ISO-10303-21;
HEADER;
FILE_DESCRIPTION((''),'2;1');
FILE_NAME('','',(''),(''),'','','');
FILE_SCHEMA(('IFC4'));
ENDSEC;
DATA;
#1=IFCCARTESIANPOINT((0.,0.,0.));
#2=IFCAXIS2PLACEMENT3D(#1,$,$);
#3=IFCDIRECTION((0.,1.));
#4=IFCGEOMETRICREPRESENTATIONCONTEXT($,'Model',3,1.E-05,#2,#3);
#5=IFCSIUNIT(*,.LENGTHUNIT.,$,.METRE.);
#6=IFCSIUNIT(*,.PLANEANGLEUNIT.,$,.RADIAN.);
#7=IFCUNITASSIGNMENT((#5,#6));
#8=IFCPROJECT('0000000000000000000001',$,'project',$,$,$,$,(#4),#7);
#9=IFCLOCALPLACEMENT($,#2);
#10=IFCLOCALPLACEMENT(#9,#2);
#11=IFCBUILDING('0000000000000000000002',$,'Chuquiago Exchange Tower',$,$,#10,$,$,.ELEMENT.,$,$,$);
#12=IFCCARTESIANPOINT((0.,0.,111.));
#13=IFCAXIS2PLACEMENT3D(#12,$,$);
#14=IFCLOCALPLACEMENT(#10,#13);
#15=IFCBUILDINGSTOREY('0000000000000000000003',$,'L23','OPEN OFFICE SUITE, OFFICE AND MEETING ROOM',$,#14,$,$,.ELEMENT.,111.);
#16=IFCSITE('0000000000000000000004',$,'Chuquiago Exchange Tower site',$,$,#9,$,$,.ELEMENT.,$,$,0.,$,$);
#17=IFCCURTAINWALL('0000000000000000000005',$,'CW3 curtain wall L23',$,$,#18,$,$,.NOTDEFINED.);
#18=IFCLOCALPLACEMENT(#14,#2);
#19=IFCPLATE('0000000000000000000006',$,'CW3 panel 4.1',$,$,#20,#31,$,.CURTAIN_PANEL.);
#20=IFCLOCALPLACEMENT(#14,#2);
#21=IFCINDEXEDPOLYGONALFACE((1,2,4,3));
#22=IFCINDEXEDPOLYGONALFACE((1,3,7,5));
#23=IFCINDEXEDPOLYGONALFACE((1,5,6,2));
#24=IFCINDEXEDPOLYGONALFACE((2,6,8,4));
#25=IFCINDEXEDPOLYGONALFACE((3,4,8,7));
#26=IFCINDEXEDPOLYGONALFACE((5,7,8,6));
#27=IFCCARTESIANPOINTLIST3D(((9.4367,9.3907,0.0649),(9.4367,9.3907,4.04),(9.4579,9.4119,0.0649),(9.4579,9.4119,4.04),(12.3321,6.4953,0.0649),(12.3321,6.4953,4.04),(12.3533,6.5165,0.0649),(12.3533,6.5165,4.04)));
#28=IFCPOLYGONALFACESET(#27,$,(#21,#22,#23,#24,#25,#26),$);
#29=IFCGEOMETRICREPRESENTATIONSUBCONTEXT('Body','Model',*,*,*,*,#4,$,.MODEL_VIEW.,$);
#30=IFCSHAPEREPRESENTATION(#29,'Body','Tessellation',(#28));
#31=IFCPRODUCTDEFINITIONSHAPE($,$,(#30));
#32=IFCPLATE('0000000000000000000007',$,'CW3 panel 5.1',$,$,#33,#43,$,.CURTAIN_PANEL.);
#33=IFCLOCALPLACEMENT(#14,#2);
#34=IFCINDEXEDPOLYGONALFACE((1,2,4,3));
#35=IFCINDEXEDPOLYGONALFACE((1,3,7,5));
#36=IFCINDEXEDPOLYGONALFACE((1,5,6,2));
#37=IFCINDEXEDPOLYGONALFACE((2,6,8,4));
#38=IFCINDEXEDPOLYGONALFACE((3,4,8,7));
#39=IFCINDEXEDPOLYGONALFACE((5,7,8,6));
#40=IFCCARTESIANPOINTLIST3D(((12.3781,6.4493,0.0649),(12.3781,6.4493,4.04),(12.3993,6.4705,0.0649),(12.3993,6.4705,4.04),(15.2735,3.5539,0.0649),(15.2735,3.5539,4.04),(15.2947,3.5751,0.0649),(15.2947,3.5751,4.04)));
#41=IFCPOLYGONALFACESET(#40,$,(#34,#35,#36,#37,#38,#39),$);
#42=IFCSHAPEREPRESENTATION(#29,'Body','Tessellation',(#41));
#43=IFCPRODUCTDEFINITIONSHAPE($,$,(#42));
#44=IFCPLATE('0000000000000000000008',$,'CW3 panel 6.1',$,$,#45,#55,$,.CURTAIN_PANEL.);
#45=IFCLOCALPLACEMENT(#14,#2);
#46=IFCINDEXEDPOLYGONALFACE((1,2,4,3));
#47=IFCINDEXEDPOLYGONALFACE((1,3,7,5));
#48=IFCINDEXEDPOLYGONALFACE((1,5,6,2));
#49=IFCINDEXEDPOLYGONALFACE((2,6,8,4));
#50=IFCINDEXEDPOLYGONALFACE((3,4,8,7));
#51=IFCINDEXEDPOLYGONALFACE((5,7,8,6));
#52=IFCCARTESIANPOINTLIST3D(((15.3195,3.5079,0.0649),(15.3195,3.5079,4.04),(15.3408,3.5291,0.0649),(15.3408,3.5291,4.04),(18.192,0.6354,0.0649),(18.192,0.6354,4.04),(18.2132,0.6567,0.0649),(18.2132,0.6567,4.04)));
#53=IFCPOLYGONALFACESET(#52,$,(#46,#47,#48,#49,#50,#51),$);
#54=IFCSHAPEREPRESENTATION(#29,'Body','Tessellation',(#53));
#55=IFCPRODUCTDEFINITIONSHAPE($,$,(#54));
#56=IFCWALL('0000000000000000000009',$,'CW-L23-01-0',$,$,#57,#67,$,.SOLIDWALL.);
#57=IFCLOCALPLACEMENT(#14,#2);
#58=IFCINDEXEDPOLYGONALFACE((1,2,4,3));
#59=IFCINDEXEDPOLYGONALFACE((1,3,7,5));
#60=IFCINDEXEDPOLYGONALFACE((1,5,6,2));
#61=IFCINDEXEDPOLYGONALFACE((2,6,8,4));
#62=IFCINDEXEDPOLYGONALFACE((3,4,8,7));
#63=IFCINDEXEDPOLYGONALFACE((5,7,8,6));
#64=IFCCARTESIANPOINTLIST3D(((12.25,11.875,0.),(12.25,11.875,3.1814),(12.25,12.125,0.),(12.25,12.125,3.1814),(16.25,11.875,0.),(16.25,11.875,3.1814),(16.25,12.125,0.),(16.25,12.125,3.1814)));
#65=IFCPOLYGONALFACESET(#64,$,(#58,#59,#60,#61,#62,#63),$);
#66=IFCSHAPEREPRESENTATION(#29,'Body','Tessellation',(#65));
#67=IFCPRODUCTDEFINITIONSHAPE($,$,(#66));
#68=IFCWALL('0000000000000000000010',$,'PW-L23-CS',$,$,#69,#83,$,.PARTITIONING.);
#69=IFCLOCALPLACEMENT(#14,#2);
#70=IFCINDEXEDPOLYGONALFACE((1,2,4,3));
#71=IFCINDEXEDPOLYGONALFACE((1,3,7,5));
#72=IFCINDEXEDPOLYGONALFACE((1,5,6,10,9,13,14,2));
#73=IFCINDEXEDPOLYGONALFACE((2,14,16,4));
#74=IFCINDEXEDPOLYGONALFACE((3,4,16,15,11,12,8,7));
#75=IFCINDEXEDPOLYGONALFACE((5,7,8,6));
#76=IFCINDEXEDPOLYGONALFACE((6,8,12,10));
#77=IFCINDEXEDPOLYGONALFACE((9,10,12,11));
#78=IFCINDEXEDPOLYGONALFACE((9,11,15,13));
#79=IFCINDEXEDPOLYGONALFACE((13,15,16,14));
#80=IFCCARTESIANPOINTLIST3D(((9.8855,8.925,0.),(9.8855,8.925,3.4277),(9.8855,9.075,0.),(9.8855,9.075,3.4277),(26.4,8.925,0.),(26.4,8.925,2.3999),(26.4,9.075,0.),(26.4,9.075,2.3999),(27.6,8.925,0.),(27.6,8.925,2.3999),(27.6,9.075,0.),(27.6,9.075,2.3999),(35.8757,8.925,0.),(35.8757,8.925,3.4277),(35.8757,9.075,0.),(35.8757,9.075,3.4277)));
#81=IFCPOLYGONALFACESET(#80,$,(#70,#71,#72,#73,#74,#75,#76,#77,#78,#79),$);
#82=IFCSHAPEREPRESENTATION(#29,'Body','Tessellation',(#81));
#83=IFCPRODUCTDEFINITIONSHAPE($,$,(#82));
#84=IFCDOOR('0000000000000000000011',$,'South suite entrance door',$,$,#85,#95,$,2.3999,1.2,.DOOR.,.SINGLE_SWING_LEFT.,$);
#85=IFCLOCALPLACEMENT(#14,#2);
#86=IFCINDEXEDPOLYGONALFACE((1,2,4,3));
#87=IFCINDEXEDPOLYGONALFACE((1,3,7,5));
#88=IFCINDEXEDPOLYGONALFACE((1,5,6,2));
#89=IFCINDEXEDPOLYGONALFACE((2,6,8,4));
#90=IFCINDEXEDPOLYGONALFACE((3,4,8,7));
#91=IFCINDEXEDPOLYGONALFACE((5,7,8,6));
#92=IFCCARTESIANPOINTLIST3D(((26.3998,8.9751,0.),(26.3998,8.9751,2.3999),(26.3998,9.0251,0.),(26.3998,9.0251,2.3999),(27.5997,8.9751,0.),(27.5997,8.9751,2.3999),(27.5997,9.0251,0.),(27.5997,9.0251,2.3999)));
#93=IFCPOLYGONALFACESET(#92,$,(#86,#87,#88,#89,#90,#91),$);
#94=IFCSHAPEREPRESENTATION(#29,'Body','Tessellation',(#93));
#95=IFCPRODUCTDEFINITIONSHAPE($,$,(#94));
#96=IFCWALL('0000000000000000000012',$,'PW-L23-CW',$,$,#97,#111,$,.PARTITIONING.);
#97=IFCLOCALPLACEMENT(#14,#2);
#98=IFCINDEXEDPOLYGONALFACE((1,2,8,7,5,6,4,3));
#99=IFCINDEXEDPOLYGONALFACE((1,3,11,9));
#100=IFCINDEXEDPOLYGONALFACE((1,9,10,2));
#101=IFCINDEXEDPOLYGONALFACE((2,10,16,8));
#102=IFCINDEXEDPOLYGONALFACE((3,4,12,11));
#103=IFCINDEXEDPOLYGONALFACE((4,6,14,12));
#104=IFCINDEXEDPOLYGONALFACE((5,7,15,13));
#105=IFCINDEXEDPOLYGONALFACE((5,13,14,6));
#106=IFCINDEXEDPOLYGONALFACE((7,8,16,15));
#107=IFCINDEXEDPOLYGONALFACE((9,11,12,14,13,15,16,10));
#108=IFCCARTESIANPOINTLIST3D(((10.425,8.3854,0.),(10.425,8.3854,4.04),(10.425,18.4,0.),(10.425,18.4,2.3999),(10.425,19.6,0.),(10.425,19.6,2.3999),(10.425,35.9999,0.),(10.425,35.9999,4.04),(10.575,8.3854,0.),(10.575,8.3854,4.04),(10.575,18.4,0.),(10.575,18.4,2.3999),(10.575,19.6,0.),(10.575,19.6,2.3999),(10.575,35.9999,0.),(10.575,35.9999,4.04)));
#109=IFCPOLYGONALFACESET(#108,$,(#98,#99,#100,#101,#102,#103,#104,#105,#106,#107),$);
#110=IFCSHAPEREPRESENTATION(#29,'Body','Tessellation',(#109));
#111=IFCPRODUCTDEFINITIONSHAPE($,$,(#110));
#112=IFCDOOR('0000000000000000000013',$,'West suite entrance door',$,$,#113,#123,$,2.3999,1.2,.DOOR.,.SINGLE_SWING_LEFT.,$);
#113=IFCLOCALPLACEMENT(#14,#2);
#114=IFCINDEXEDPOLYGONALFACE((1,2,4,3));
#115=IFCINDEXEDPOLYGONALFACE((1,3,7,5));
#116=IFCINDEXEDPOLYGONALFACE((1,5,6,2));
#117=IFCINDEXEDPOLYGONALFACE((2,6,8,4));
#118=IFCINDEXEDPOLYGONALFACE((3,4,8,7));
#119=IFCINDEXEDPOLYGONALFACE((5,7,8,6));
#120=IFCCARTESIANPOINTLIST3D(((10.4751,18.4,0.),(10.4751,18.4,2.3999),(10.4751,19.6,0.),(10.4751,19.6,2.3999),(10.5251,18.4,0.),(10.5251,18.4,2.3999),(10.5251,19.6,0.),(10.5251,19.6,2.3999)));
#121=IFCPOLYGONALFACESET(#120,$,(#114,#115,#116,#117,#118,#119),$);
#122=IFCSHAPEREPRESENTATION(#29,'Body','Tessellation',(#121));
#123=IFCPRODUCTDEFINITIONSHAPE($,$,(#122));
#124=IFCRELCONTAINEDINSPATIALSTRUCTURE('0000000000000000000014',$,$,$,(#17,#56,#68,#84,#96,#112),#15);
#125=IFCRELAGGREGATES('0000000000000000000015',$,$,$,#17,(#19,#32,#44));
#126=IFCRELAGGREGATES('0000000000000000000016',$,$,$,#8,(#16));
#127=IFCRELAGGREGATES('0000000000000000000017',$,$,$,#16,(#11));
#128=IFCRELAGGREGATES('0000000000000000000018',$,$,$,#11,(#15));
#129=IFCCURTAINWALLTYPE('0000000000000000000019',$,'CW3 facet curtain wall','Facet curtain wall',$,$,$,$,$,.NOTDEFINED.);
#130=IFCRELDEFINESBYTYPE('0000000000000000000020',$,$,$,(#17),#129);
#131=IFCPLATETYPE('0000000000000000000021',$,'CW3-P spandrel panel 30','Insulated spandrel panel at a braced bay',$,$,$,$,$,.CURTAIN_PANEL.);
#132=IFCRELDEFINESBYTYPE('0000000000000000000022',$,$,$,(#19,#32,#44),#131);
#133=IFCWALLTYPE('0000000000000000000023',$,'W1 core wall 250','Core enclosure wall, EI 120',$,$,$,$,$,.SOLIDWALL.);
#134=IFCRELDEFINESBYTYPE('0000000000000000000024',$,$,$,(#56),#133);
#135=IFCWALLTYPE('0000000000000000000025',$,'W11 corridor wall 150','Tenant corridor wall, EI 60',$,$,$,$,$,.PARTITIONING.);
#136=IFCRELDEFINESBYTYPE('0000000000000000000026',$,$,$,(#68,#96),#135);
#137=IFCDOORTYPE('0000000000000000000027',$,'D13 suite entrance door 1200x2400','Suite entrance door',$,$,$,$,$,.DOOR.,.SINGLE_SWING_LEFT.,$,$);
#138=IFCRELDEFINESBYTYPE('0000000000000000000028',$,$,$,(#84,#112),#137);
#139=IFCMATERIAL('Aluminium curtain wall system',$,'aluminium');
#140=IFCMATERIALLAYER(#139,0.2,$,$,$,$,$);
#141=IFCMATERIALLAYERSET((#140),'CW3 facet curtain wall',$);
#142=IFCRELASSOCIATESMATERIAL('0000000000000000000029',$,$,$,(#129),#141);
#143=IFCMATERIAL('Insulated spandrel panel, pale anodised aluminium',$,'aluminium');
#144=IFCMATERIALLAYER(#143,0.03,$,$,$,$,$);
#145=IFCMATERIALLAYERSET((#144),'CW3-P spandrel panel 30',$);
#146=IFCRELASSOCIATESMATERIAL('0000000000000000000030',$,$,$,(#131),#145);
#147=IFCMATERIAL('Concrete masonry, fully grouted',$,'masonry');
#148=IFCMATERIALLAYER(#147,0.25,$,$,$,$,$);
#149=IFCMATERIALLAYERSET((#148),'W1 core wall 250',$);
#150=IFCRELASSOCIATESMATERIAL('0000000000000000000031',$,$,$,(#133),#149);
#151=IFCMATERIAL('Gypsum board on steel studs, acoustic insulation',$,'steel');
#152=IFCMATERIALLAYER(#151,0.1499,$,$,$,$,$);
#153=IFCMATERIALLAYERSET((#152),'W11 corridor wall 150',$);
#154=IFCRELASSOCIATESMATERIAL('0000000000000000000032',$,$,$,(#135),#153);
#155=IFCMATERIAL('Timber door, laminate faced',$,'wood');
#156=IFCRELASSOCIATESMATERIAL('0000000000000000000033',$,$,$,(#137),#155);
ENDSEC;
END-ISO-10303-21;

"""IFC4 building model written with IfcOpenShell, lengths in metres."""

from ifc_helpers import new_model, si_unit, direction, frame, frame_2d, origin, origin_2d, place, context, subcontext, project, spatial, rectangle, extrude, material, layer, layer_set, type_object, element, fill, aggregate, save


model = new_model("IFC4")

# Units and contexts
model_context = context("Model", 3, precision=1e-05, world=origin(), true_north=direction((0.0, 1.0)))
body_context = subcontext(model_context, "Body", "Model", "MODEL_VIEW")
ifc_project = project(units=[si_unit("LENGTHUNIT", "METRE"), si_unit("PLANEANGLEUNIT", "RADIAN")], contexts=[model_context])

# Site, building, storey
site_placement = place(None, origin())
site = spatial("IfcSite", under=ifc_project, at=site_placement, Name="Chuquiago Exchange Tower site", CompositionType="ELEMENT", RefElevation=0.0)
building_placement = place(site_placement, origin())
building = spatial("IfcBuilding", under=site, at=building_placement, Name="Chuquiago Exchange Tower", CompositionType="ELEMENT")
storey_placement = place(building_placement, frame((0.0, 0.0, 111.0)))
storey = spatial("IfcBuildingStorey", under=building, at=storey_placement, Name="L23", Description="OPEN OFFICE SUITE, OFFICE AND MEETING ROOM", CompositionType="ELEMENT", Elevation=111.0)

# Curtain wall
ifc_material_1 = material(Name="Aluminium curtain wall system", Category="aluminium")
ifc_layer_1 = layer(ifc_material_1, 0.2)
ifc_layer_set_1 = layer_set([ifc_layer_1], Name="CW3 facet curtain wall")
curtain_wall_type = type_object("IfcCurtainWallType", Name="CW3 facet curtain wall", Description="Facet curtain wall", PredefinedType="NOTDEFINED", material=ifc_layer_set_1)
curtain_wall_placement = place(storey_placement, origin())
curtain_wall = element("IfcCurtainWall", 1, at=curtain_wall_placement, inside=storey, type_object=curtain_wall_type, Name="CW3 curtain wall L23", PredefinedType="NOTDEFINED")

# Plates
ifc_material_2 = material(Name="Insulated spandrel panel, pale anodised aluminium", Category="aluminium")
ifc_layer_2 = layer(ifc_material_2, 0.03)
ifc_layer_set_2 = layer_set([ifc_layer_2], Name="CW3-P spandrel panel 30")
plate_type = type_object("IfcPlateType", Name="CW3-P spandrel panel 30", Description="Insulated spandrel panel at a braced bay", PredefinedType="CURTAIN_PANEL", material=ifc_layer_set_2)
plate_1_placement = place(storey_placement, frame((10.895, 7.9536, 0.0649), z_axis=(0.0, 0.0, 1.0), x_axis=(0.707107, -0.707107, 0.0)))
plate_1 = element("IfcPlate", 2, at=plate_1_placement, type_object=plate_type, Name="CW3 panel 4.1", PredefinedType="CURTAIN_PANEL", context=body_context, shape_type="SweptSolid", body=[
    extrude(rectangle(XDim=4.0947, YDim=0.03, at=origin_2d()), origin(), (0.0, 0.0, 1.0), 3.9751),
])
plate_2_placement = place(storey_placement, frame((13.8364, 5.0122, 0.0649), z_axis=(0.0, 0.0, 1.0), x_axis=(0.707107, -0.707107, 0.0)))
plate_2 = element("IfcPlate", 3, at=plate_2_placement, type_object=plate_type, Name="CW3 panel 5.1", PredefinedType="CURTAIN_PANEL", context=body_context, shape_type="SweptSolid", body=[
    extrude(rectangle(XDim=4.0947, YDim=0.03, at=origin_2d()), origin(), (0.0, 0.0, 1.0), 3.9751),
])
plate_3_placement = place(storey_placement, frame((16.7664, 2.0823, 0.0649), z_axis=(0.0, 0.0, 1.0), x_axis=(0.707107, -0.707107, 0.0)))
plate_3 = element("IfcPlate", 4, at=plate_3_placement, type_object=plate_type, Name="CW3 panel 6.1", PredefinedType="CURTAIN_PANEL", context=body_context, shape_type="SweptSolid", body=[
    extrude(rectangle(XDim=4.0623, YDim=0.03, at=origin_2d()), origin(), (0.0, 0.0, 1.0), 3.9751),
])
aggregate(curtain_wall, [plate_1, plate_2, plate_3])

# Wall
ifc_material_3 = material(Name="Concrete masonry, fully grouted", Category="masonry")
ifc_layer_3 = layer(ifc_material_3, 0.25)
ifc_layer_set_3 = layer_set([ifc_layer_3], Name="W1 core wall 250")
wall_type_1 = type_object("IfcWallType", Name="W1 core wall 250", Description="Core enclosure wall, EI 120", PredefinedType="SOLIDWALL", material=ifc_layer_set_3)
wall_1_placement = place(storey_placement, frame((12.25, 12.0, 0.0), z_axis=(0.0, 0.0, 1.0), x_axis=(1.0, 0.0, 0.0)))
element("IfcWall", 5, at=wall_1_placement, inside=storey, type_object=wall_type_1, Name="CW-L23-01-0", PredefinedType="SOLIDWALL", context=body_context, shape_type="SweptSolid", body=[
    extrude(rectangle(XDim=4.0, YDim=0.25, at=frame_2d((2.0, 0.0))), origin(), (0.0, 0.0, 1.0), 3.1814),
])

# Walls, openings, doors
ifc_material_4 = material(Name="Gypsum board on steel studs, acoustic insulation", Category="steel")
ifc_layer_4 = layer(ifc_material_4, 0.1499)
ifc_layer_set_4 = layer_set([ifc_layer_4], Name="W11 corridor wall 150")
wall_type_2 = type_object("IfcWallType", Name="W11 corridor wall 150", Description="Tenant corridor wall, EI 60", PredefinedType="PARTITIONING", material=ifc_layer_set_4)
wall_2_placement = place(storey_placement, frame((9.8855, 9.0, 0.0), z_axis=(0.0, 0.0, 1.0), x_axis=(1.0, 0.0, 0.0)))
wall_2 = element("IfcWall", 6, at=wall_2_placement, inside=storey, type_object=wall_type_2, Name="PW-L23-CS", PredefinedType="PARTITIONING", context=body_context, shape_type="SweptSolid", body=[
    extrude(rectangle(XDim=25.9902, YDim=0.1499, at=frame_2d((12.9951, 0.0))), origin(), (0.0, 0.0, 1.0), 3.4277),
])
opening_1_placement = place(wall_2_placement, frame((16.5144, 0.0, 0.0)))
opening_1 = element("IfcOpeningElement", 7, at=opening_1_placement, cuts=wall_2, PredefinedType="OPENING", context=body_context, shape_type="SweptSolid", body=[
    extrude(rectangle(XDim=1.2, YDim=2.3999, at=frame_2d((0.6001, 1.2))), frame((0.0, 0.085, 0.0), z_axis=(0.0, -1.0, 0.0), x_axis=(1.0, 0.0, 0.0)), (0.0, 0.0, 1.0), 0.1699),
])
ifc_material_5 = material(Name="Timber door, laminate faced", Category="wood")
door_type = type_object("IfcDoorType", Name="D13 suite entrance door 1200x2400", Description="Suite entrance door", OperationType="SINGLE_SWING_LEFT", PredefinedType="DOOR", material=ifc_material_5)
door_1_placement = place(opening_1_placement, frame((1.2, 0.0, 0.0), z_axis=(0.0, 0.0, 1.0), x_axis=(-1.0, 0.0, 0.0)))
door_1 = element("IfcDoor", 8, at=door_1_placement, inside=storey, type_object=door_type, Name="South suite entrance door", OperationType="SINGLE_SWING_LEFT", OverallHeight=2.3999, OverallWidth=1.2, PredefinedType="DOOR", context=body_context, shape_type="SweptSolid", body=[
    extrude(rectangle(XDim=1.2, YDim=2.3999, at=frame_2d((0.6001, 1.2))), frame((0.0, 0.0249, 0.0), z_axis=(0.0, -1.0, 0.0), x_axis=(1.0, 0.0, 0.0)), (0.0, 0.0, 1.0), 0.05),
])
fill(opening_1, door_1)
wall_3_placement = place(storey_placement, frame((10.5, 8.3855, 0.0), z_axis=(0.0, 0.0, 1.0), x_axis=(0.0, 1.0, 0.0)))
wall_3 = element("IfcWall", 9, at=wall_3_placement, inside=storey, type_object=wall_type_2, Name="PW-L23-CW", PredefinedType="PARTITIONING", context=body_context, shape_type="SweptSolid", body=[
    extrude(rectangle(XDim=27.6145, YDim=0.1499, at=frame_2d((13.8071, 0.0))), origin(), (0.0, 0.0, 1.0), 4.04),
])
opening_2_placement = place(wall_3_placement, frame((10.0144, 0.0, 0.0)))
opening_2 = element("IfcOpeningElement", 10, at=opening_2_placement, cuts=wall_3, PredefinedType="OPENING", context=body_context, shape_type="SweptSolid", body=[
    extrude(rectangle(XDim=1.2, YDim=2.3999, at=frame_2d((0.6001, 1.2))), frame((0.0, 0.085, 0.0), z_axis=(0.0, -1.0, 0.0), x_axis=(1.0, 0.0, 0.0)), (0.0, 0.0, 1.0), 0.1699),
])
door_2_placement = place(opening_2_placement, origin())
door_2 = element("IfcDoor", 11, at=door_2_placement, inside=storey, type_object=door_type, Name="West suite entrance door", OperationType="SINGLE_SWING_LEFT", OverallHeight=2.3999, OverallWidth=1.2, PredefinedType="DOOR", context=body_context, shape_type="SweptSolid", body=[
    extrude(rectangle(XDim=1.2, YDim=2.3999, at=frame_2d((0.6001, 1.2))), frame((0.0, 0.0249, 0.0), z_axis=(0.0, -1.0, 0.0), x_axis=(1.0, 0.0, 0.0)), (0.0, 0.0, 1.0), 0.05),
])
fill(opening_2, door_2)

save(model, "model.ifc")
